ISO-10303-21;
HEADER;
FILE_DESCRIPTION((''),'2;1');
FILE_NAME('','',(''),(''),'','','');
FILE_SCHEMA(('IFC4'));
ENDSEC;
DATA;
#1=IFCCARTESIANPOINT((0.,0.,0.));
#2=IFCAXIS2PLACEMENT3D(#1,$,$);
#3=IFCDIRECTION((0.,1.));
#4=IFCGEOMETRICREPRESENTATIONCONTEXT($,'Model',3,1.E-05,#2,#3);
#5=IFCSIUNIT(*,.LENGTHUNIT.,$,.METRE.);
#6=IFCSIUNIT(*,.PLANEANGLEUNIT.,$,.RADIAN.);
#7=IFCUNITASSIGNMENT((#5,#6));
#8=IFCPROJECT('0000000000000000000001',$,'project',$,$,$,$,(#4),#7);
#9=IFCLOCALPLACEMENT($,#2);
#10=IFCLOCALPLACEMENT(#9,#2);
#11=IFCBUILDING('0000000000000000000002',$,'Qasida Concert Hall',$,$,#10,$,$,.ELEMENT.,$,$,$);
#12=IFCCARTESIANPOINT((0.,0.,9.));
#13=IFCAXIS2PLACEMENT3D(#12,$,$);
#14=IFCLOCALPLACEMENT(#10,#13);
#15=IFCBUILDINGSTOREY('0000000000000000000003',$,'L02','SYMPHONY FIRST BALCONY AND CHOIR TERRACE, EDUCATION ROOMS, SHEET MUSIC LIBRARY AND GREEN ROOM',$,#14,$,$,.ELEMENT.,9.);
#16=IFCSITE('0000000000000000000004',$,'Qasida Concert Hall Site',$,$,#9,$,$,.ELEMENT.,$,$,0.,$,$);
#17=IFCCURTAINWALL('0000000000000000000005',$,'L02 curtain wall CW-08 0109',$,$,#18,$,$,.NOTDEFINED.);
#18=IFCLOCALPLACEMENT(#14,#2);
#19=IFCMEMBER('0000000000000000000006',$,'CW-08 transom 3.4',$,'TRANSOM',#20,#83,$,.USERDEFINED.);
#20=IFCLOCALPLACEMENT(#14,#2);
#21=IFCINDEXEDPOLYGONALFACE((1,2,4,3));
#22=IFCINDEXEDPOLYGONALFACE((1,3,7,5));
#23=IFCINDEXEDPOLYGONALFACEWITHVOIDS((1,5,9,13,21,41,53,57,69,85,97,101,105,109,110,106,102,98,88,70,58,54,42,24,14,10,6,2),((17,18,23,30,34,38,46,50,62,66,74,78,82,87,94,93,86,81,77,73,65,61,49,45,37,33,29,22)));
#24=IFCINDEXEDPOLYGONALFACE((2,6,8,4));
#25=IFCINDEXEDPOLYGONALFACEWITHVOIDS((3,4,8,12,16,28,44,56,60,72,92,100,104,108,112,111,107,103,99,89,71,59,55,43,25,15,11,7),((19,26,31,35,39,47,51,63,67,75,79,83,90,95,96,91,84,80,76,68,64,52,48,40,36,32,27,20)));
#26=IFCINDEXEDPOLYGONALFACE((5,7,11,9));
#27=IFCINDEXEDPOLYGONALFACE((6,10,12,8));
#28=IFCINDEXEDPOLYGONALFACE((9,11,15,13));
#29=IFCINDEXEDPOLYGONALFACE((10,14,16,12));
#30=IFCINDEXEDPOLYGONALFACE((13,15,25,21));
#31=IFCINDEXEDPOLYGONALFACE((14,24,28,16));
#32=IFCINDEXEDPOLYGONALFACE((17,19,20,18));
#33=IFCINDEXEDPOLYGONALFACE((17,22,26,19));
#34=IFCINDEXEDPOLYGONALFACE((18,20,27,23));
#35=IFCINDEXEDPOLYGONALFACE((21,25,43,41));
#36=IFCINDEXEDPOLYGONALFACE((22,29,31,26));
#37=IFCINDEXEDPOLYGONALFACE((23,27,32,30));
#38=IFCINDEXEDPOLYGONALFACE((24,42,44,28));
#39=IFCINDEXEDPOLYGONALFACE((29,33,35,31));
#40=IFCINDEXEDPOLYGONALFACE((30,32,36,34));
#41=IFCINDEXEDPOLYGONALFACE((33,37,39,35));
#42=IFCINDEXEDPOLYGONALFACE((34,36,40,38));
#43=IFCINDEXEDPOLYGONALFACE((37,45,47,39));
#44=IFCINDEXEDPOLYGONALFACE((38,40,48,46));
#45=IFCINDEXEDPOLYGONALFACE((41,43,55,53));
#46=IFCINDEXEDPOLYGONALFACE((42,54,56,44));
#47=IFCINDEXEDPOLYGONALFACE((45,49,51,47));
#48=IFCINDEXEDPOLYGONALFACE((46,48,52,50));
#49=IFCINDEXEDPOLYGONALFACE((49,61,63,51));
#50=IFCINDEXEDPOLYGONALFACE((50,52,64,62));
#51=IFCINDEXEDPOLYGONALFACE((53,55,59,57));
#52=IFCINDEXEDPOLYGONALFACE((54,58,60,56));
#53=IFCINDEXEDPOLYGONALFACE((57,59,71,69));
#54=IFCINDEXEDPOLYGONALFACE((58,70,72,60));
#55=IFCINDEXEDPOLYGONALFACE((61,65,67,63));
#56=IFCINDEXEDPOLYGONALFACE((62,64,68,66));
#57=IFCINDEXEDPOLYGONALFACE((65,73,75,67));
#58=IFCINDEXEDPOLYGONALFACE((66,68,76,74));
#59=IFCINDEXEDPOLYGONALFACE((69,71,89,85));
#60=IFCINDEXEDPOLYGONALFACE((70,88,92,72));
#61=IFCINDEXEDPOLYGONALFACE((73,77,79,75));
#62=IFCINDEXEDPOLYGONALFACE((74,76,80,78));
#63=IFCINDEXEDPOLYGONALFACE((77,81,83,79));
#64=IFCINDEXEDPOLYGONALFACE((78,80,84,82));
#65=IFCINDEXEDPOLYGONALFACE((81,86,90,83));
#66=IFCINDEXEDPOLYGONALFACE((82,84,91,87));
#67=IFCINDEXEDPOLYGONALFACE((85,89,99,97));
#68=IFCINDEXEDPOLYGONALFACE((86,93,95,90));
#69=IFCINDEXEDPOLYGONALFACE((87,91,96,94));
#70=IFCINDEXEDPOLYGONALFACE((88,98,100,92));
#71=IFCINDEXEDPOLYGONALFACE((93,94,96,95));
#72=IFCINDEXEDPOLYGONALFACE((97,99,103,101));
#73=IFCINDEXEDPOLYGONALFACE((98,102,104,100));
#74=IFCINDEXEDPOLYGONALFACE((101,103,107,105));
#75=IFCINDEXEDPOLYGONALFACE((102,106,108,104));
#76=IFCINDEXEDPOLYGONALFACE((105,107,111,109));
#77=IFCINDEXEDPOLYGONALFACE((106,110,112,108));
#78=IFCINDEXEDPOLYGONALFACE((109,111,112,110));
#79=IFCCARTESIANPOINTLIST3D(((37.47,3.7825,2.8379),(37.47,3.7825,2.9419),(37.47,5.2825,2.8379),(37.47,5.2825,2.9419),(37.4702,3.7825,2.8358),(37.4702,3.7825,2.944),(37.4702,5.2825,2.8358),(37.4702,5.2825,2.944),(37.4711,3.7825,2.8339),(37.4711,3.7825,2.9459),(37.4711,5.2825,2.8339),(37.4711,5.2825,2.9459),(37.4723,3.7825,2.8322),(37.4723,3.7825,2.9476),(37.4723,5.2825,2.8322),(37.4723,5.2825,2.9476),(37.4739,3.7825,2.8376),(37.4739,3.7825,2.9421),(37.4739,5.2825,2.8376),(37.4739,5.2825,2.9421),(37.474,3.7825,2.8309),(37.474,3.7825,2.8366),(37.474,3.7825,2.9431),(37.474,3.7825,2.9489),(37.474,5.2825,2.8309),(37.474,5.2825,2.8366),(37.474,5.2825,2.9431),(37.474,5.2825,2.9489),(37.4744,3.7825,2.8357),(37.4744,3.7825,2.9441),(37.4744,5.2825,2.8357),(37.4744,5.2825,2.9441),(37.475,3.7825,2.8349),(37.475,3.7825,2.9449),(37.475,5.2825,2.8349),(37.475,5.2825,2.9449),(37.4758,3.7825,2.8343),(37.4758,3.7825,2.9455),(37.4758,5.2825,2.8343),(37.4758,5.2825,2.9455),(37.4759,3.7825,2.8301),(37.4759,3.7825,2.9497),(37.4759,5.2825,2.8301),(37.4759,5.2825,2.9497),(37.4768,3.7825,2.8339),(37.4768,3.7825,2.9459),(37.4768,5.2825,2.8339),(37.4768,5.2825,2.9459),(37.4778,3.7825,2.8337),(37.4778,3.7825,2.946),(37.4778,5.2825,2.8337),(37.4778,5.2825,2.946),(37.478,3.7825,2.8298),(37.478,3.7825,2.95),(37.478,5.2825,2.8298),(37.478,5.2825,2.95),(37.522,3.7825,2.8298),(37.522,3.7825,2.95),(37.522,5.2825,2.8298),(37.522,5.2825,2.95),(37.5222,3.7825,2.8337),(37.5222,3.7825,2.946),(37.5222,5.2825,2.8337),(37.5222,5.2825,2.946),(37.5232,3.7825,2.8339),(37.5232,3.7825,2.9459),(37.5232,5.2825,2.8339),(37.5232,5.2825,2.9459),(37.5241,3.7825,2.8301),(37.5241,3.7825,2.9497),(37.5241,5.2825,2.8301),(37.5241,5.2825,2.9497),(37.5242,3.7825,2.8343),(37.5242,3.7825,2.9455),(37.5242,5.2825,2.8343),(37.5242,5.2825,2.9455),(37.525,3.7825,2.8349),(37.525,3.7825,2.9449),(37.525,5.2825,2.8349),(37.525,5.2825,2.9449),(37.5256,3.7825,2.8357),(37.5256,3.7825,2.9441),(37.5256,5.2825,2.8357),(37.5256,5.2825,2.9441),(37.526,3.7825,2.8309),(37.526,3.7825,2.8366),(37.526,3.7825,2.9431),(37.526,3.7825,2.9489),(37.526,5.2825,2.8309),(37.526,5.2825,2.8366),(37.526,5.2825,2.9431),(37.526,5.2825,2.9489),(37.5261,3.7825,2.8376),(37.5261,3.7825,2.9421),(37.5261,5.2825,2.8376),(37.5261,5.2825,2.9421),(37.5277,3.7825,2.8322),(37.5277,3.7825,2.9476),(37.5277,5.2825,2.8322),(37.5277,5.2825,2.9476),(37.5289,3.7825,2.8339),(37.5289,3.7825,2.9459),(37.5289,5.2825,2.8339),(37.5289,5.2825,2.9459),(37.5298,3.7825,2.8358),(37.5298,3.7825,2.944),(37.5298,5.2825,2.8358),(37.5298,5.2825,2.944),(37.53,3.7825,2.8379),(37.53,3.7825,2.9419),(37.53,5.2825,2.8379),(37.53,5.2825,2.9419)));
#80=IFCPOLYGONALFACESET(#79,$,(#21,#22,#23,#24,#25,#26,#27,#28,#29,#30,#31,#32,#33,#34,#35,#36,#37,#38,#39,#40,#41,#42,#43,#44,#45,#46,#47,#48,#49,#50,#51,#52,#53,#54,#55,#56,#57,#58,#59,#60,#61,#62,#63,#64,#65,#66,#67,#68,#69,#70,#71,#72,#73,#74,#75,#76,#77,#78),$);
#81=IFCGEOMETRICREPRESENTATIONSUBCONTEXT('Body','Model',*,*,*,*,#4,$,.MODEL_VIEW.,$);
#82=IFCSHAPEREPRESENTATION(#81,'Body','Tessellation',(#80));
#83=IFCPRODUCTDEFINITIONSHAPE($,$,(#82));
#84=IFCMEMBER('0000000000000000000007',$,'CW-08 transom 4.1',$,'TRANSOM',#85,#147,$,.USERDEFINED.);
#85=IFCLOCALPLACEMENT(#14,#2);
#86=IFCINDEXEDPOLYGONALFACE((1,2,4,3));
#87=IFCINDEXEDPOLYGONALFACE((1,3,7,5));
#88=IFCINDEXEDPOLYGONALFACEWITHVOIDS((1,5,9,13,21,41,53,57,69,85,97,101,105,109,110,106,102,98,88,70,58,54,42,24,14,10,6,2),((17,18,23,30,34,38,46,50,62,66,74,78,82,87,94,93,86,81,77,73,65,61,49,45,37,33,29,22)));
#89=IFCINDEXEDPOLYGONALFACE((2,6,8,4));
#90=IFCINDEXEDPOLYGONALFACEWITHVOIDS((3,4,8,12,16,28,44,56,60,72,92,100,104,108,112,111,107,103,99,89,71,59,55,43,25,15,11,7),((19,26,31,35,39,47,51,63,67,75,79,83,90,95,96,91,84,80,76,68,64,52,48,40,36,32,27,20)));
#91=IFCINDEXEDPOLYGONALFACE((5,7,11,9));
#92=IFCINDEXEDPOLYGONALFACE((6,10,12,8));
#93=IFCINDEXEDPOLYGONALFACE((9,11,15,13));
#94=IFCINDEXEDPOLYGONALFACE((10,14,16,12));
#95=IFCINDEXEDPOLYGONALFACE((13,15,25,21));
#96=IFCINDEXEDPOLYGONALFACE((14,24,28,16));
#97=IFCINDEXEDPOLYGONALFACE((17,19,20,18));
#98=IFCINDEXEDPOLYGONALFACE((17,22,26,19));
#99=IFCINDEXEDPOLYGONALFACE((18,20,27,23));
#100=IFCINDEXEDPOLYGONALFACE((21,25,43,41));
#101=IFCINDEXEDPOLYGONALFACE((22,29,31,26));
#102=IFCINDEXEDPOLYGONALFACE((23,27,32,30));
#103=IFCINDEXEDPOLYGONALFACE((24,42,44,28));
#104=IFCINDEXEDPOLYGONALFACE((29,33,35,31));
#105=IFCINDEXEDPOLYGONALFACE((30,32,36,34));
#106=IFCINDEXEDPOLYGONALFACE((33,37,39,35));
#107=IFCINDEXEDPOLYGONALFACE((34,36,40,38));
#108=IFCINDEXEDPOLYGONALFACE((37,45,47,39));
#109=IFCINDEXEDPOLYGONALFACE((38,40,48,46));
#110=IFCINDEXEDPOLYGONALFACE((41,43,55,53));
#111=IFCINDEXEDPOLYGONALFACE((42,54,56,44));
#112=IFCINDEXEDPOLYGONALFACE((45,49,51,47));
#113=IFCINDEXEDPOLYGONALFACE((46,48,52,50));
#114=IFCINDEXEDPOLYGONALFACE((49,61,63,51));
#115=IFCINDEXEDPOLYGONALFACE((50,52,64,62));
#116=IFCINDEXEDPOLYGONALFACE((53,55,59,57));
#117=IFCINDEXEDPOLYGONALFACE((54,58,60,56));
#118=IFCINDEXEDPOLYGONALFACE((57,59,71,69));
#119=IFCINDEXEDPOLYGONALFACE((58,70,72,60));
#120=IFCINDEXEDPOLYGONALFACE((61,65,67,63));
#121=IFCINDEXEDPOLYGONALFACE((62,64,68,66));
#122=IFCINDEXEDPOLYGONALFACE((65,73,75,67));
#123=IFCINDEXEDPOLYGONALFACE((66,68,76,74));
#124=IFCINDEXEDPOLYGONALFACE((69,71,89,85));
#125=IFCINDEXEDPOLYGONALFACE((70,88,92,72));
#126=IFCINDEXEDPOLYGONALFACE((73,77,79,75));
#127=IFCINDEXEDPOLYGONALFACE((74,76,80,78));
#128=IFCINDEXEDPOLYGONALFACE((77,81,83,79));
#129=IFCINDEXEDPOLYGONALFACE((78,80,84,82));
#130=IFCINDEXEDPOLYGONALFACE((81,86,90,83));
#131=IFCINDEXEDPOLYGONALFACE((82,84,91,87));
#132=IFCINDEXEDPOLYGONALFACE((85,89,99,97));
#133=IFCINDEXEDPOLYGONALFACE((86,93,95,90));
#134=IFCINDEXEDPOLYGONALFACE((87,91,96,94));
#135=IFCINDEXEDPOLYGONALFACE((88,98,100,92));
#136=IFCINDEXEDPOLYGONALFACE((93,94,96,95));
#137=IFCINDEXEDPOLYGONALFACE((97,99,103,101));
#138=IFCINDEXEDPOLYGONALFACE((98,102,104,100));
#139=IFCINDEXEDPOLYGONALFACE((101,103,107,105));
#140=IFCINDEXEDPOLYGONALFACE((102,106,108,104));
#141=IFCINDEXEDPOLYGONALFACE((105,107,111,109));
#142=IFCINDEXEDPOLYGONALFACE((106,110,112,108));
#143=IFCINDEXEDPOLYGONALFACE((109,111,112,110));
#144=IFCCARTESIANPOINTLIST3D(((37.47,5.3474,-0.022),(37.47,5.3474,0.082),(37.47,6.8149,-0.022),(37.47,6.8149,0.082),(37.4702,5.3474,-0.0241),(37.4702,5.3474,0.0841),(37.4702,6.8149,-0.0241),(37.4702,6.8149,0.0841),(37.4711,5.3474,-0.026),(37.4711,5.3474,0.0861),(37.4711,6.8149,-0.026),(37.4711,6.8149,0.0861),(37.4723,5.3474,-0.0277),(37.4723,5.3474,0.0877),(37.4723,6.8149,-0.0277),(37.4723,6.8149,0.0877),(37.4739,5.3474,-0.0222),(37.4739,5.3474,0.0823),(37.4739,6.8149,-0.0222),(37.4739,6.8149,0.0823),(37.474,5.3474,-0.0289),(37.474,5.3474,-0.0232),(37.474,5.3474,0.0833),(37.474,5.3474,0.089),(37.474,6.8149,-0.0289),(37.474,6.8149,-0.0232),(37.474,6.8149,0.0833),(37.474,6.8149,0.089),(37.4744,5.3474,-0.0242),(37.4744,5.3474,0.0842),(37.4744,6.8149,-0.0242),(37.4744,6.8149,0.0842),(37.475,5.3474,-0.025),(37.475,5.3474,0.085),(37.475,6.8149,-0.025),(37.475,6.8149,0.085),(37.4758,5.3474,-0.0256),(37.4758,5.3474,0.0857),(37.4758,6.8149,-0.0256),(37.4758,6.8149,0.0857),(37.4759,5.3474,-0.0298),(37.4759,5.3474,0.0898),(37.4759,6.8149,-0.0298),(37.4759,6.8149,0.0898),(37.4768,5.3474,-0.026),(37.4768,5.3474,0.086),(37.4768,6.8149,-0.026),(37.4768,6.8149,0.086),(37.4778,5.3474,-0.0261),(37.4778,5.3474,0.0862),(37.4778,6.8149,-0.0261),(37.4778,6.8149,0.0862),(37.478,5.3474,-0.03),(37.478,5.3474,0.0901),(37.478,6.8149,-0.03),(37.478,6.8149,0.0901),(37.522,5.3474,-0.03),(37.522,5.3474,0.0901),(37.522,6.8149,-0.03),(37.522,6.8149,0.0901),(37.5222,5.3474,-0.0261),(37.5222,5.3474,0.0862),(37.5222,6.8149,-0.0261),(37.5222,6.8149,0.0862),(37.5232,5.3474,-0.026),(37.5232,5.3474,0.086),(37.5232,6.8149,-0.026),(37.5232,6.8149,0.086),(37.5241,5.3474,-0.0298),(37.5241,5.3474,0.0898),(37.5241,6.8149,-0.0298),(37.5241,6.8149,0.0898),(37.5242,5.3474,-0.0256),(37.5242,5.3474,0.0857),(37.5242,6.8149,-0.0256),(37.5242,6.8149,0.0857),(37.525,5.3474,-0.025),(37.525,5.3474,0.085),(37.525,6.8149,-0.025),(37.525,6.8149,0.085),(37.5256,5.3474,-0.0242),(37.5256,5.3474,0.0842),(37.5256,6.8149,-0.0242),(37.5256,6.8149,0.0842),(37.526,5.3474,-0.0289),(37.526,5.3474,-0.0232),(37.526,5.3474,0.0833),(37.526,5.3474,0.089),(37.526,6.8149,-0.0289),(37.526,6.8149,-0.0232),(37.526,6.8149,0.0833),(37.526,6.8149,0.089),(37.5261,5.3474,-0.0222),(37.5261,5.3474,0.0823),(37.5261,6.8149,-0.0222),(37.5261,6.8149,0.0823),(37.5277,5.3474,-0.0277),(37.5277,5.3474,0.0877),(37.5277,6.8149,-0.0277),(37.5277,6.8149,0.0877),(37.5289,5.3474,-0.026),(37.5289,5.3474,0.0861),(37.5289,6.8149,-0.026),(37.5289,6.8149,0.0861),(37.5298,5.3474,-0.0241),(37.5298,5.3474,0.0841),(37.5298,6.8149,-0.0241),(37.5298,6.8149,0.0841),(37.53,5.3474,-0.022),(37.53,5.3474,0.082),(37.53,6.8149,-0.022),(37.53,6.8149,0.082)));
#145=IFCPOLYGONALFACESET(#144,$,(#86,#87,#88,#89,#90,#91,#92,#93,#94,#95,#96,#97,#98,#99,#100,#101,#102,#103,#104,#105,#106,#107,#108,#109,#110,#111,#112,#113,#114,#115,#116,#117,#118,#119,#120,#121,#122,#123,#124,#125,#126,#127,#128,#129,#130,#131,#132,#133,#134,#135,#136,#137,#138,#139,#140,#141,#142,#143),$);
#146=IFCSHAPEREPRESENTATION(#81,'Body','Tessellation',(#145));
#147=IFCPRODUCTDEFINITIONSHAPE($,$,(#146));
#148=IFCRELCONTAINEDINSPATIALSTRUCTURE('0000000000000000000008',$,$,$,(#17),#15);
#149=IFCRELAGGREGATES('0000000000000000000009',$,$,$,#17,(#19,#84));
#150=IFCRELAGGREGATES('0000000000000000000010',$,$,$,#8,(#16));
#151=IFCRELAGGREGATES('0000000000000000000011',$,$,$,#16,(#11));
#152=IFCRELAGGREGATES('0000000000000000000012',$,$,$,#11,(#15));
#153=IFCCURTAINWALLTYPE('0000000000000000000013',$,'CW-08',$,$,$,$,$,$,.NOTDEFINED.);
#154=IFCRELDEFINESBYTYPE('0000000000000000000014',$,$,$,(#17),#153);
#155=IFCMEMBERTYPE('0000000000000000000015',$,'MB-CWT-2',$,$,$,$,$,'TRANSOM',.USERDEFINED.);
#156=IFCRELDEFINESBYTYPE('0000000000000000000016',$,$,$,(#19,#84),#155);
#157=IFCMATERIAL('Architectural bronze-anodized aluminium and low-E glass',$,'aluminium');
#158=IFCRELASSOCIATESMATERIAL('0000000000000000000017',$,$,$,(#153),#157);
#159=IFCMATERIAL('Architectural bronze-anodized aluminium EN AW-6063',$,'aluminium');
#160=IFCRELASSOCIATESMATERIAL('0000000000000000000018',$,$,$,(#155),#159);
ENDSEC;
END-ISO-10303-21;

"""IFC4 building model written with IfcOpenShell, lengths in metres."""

from ifc_helpers import new_model, si_unit, direction, frame, origin, origin_2d, place, context, subcontext, project, spatial, hollow_rectangle, extrude, material, material_profile, profile_set, type_object, element, aggregate, save


model = new_model("IFC4")

# Units and contexts
model_context = context("Model", 3, precision=1e-05, world=origin(), true_north=direction((0.0, 1.0)))
body_context = subcontext(model_context, "Body", "Model", "MODEL_VIEW")
ifc_project = project(units=[si_unit("LENGTHUNIT", "METRE"), si_unit("PLANEANGLEUNIT", "RADIAN")], contexts=[model_context])

# Site, building, storey
site_placement = place(None, origin())
site = spatial("IfcSite", under=ifc_project, at=site_placement, Name="Qasida Concert Hall Site", CompositionType="ELEMENT", RefElevation=0.0)
building_placement = place(site_placement, origin())
building = spatial("IfcBuilding", under=site, at=building_placement, Name="Qasida Concert Hall", CompositionType="ELEMENT")
storey_placement = place(building_placement, frame((0.0, 0.0, 9.0)))
storey = spatial("IfcBuildingStorey", under=building, at=storey_placement, Name="L02", Description="SYMPHONY FIRST BALCONY AND CHOIR TERRACE, EDUCATION ROOMS, SHEET MUSIC LIBRARY AND GREEN ROOM", CompositionType="ELEMENT", Elevation=9.0)

# Curtain wall, members
ifc_material_1 = material(Name="Architectural bronze-anodized aluminium and low-E glass", Category="aluminium")
curtain_wall_type = type_object("IfcCurtainWallType", Name="CW-08", PredefinedType="NOTDEFINED", material=ifc_material_1)
curtain_wall_placement = place(storey_placement, origin())
curtain_wall = element("IfcCurtainWall", 1, at=curtain_wall_placement, inside=storey, type_object=curtain_wall_type, Name="L02 curtain wall CW-08 0109", PredefinedType="NOTDEFINED")
ifc_material_2 = material(Name="Architectural bronze-anodized aluminium EN AW-6063", Category="aluminium")
ifc_material_profile_1 = material_profile(ifc_material_2, hollow_rectangle(XDim=0.0601, YDim=0.1201, WallThickness=0.0039, InnerFilletRadius=0.0039, OuterFilletRadius=0.0081, at=origin_2d()), Name="CWT 120x60x4")
ifc_profile_set_1 = profile_set([ifc_material_profile_1], Name="Architectural bronze-anodized aluminium EN AW-6063")
member_type_1 = type_object("IfcMemberType", Name="MB-CWT-2", ElementType="TRANSOM", PredefinedType="USERDEFINED", material=ifc_profile_set_1)
member_1_placement = place(storey_placement, frame((37.5, 3.7825, 2.8899), z_axis=(0.0, 1.0, 0.0), x_axis=(-1.0, 0.0, 0.0)))
member_1 = element("IfcMember", 2, at=member_1_placement, type_object=member_type_1, Name="CW-08 transom 3.4", ObjectType="TRANSOM", PredefinedType="USERDEFINED", context=body_context, shape_type="SweptSolid", body=[
    extrude(hollow_rectangle(XDim=0.0601, YDim=0.1201, WallThickness=0.0039, InnerFilletRadius=0.0039, OuterFilletRadius=0.0081, at=origin_2d()), origin(), (0.0, 0.0, 1.0), 1.5),
])
member_2_placement = place(storey_placement, frame((37.5, 5.3474, 0.03), z_axis=(0.0, 1.0, 0.0), x_axis=(-1.0, 0.0, 0.0)))
member_2 = element("IfcMember", 3, at=member_2_placement, type_object=member_type_1, Name="CW-08 transom 4.1", ObjectType="TRANSOM", PredefinedType="USERDEFINED", context=body_context, shape_type="SweptSolid", body=[
    extrude(hollow_rectangle(XDim=0.0601, YDim=0.1201, WallThickness=0.0039, InnerFilletRadius=0.0039, OuterFilletRadius=0.0081, at=origin_2d()), origin(), (0.0, 0.0, 1.0), 1.4675),
])
aggregate(curtain_wall, [member_1, member_2])

save(model, "model.ifc")
